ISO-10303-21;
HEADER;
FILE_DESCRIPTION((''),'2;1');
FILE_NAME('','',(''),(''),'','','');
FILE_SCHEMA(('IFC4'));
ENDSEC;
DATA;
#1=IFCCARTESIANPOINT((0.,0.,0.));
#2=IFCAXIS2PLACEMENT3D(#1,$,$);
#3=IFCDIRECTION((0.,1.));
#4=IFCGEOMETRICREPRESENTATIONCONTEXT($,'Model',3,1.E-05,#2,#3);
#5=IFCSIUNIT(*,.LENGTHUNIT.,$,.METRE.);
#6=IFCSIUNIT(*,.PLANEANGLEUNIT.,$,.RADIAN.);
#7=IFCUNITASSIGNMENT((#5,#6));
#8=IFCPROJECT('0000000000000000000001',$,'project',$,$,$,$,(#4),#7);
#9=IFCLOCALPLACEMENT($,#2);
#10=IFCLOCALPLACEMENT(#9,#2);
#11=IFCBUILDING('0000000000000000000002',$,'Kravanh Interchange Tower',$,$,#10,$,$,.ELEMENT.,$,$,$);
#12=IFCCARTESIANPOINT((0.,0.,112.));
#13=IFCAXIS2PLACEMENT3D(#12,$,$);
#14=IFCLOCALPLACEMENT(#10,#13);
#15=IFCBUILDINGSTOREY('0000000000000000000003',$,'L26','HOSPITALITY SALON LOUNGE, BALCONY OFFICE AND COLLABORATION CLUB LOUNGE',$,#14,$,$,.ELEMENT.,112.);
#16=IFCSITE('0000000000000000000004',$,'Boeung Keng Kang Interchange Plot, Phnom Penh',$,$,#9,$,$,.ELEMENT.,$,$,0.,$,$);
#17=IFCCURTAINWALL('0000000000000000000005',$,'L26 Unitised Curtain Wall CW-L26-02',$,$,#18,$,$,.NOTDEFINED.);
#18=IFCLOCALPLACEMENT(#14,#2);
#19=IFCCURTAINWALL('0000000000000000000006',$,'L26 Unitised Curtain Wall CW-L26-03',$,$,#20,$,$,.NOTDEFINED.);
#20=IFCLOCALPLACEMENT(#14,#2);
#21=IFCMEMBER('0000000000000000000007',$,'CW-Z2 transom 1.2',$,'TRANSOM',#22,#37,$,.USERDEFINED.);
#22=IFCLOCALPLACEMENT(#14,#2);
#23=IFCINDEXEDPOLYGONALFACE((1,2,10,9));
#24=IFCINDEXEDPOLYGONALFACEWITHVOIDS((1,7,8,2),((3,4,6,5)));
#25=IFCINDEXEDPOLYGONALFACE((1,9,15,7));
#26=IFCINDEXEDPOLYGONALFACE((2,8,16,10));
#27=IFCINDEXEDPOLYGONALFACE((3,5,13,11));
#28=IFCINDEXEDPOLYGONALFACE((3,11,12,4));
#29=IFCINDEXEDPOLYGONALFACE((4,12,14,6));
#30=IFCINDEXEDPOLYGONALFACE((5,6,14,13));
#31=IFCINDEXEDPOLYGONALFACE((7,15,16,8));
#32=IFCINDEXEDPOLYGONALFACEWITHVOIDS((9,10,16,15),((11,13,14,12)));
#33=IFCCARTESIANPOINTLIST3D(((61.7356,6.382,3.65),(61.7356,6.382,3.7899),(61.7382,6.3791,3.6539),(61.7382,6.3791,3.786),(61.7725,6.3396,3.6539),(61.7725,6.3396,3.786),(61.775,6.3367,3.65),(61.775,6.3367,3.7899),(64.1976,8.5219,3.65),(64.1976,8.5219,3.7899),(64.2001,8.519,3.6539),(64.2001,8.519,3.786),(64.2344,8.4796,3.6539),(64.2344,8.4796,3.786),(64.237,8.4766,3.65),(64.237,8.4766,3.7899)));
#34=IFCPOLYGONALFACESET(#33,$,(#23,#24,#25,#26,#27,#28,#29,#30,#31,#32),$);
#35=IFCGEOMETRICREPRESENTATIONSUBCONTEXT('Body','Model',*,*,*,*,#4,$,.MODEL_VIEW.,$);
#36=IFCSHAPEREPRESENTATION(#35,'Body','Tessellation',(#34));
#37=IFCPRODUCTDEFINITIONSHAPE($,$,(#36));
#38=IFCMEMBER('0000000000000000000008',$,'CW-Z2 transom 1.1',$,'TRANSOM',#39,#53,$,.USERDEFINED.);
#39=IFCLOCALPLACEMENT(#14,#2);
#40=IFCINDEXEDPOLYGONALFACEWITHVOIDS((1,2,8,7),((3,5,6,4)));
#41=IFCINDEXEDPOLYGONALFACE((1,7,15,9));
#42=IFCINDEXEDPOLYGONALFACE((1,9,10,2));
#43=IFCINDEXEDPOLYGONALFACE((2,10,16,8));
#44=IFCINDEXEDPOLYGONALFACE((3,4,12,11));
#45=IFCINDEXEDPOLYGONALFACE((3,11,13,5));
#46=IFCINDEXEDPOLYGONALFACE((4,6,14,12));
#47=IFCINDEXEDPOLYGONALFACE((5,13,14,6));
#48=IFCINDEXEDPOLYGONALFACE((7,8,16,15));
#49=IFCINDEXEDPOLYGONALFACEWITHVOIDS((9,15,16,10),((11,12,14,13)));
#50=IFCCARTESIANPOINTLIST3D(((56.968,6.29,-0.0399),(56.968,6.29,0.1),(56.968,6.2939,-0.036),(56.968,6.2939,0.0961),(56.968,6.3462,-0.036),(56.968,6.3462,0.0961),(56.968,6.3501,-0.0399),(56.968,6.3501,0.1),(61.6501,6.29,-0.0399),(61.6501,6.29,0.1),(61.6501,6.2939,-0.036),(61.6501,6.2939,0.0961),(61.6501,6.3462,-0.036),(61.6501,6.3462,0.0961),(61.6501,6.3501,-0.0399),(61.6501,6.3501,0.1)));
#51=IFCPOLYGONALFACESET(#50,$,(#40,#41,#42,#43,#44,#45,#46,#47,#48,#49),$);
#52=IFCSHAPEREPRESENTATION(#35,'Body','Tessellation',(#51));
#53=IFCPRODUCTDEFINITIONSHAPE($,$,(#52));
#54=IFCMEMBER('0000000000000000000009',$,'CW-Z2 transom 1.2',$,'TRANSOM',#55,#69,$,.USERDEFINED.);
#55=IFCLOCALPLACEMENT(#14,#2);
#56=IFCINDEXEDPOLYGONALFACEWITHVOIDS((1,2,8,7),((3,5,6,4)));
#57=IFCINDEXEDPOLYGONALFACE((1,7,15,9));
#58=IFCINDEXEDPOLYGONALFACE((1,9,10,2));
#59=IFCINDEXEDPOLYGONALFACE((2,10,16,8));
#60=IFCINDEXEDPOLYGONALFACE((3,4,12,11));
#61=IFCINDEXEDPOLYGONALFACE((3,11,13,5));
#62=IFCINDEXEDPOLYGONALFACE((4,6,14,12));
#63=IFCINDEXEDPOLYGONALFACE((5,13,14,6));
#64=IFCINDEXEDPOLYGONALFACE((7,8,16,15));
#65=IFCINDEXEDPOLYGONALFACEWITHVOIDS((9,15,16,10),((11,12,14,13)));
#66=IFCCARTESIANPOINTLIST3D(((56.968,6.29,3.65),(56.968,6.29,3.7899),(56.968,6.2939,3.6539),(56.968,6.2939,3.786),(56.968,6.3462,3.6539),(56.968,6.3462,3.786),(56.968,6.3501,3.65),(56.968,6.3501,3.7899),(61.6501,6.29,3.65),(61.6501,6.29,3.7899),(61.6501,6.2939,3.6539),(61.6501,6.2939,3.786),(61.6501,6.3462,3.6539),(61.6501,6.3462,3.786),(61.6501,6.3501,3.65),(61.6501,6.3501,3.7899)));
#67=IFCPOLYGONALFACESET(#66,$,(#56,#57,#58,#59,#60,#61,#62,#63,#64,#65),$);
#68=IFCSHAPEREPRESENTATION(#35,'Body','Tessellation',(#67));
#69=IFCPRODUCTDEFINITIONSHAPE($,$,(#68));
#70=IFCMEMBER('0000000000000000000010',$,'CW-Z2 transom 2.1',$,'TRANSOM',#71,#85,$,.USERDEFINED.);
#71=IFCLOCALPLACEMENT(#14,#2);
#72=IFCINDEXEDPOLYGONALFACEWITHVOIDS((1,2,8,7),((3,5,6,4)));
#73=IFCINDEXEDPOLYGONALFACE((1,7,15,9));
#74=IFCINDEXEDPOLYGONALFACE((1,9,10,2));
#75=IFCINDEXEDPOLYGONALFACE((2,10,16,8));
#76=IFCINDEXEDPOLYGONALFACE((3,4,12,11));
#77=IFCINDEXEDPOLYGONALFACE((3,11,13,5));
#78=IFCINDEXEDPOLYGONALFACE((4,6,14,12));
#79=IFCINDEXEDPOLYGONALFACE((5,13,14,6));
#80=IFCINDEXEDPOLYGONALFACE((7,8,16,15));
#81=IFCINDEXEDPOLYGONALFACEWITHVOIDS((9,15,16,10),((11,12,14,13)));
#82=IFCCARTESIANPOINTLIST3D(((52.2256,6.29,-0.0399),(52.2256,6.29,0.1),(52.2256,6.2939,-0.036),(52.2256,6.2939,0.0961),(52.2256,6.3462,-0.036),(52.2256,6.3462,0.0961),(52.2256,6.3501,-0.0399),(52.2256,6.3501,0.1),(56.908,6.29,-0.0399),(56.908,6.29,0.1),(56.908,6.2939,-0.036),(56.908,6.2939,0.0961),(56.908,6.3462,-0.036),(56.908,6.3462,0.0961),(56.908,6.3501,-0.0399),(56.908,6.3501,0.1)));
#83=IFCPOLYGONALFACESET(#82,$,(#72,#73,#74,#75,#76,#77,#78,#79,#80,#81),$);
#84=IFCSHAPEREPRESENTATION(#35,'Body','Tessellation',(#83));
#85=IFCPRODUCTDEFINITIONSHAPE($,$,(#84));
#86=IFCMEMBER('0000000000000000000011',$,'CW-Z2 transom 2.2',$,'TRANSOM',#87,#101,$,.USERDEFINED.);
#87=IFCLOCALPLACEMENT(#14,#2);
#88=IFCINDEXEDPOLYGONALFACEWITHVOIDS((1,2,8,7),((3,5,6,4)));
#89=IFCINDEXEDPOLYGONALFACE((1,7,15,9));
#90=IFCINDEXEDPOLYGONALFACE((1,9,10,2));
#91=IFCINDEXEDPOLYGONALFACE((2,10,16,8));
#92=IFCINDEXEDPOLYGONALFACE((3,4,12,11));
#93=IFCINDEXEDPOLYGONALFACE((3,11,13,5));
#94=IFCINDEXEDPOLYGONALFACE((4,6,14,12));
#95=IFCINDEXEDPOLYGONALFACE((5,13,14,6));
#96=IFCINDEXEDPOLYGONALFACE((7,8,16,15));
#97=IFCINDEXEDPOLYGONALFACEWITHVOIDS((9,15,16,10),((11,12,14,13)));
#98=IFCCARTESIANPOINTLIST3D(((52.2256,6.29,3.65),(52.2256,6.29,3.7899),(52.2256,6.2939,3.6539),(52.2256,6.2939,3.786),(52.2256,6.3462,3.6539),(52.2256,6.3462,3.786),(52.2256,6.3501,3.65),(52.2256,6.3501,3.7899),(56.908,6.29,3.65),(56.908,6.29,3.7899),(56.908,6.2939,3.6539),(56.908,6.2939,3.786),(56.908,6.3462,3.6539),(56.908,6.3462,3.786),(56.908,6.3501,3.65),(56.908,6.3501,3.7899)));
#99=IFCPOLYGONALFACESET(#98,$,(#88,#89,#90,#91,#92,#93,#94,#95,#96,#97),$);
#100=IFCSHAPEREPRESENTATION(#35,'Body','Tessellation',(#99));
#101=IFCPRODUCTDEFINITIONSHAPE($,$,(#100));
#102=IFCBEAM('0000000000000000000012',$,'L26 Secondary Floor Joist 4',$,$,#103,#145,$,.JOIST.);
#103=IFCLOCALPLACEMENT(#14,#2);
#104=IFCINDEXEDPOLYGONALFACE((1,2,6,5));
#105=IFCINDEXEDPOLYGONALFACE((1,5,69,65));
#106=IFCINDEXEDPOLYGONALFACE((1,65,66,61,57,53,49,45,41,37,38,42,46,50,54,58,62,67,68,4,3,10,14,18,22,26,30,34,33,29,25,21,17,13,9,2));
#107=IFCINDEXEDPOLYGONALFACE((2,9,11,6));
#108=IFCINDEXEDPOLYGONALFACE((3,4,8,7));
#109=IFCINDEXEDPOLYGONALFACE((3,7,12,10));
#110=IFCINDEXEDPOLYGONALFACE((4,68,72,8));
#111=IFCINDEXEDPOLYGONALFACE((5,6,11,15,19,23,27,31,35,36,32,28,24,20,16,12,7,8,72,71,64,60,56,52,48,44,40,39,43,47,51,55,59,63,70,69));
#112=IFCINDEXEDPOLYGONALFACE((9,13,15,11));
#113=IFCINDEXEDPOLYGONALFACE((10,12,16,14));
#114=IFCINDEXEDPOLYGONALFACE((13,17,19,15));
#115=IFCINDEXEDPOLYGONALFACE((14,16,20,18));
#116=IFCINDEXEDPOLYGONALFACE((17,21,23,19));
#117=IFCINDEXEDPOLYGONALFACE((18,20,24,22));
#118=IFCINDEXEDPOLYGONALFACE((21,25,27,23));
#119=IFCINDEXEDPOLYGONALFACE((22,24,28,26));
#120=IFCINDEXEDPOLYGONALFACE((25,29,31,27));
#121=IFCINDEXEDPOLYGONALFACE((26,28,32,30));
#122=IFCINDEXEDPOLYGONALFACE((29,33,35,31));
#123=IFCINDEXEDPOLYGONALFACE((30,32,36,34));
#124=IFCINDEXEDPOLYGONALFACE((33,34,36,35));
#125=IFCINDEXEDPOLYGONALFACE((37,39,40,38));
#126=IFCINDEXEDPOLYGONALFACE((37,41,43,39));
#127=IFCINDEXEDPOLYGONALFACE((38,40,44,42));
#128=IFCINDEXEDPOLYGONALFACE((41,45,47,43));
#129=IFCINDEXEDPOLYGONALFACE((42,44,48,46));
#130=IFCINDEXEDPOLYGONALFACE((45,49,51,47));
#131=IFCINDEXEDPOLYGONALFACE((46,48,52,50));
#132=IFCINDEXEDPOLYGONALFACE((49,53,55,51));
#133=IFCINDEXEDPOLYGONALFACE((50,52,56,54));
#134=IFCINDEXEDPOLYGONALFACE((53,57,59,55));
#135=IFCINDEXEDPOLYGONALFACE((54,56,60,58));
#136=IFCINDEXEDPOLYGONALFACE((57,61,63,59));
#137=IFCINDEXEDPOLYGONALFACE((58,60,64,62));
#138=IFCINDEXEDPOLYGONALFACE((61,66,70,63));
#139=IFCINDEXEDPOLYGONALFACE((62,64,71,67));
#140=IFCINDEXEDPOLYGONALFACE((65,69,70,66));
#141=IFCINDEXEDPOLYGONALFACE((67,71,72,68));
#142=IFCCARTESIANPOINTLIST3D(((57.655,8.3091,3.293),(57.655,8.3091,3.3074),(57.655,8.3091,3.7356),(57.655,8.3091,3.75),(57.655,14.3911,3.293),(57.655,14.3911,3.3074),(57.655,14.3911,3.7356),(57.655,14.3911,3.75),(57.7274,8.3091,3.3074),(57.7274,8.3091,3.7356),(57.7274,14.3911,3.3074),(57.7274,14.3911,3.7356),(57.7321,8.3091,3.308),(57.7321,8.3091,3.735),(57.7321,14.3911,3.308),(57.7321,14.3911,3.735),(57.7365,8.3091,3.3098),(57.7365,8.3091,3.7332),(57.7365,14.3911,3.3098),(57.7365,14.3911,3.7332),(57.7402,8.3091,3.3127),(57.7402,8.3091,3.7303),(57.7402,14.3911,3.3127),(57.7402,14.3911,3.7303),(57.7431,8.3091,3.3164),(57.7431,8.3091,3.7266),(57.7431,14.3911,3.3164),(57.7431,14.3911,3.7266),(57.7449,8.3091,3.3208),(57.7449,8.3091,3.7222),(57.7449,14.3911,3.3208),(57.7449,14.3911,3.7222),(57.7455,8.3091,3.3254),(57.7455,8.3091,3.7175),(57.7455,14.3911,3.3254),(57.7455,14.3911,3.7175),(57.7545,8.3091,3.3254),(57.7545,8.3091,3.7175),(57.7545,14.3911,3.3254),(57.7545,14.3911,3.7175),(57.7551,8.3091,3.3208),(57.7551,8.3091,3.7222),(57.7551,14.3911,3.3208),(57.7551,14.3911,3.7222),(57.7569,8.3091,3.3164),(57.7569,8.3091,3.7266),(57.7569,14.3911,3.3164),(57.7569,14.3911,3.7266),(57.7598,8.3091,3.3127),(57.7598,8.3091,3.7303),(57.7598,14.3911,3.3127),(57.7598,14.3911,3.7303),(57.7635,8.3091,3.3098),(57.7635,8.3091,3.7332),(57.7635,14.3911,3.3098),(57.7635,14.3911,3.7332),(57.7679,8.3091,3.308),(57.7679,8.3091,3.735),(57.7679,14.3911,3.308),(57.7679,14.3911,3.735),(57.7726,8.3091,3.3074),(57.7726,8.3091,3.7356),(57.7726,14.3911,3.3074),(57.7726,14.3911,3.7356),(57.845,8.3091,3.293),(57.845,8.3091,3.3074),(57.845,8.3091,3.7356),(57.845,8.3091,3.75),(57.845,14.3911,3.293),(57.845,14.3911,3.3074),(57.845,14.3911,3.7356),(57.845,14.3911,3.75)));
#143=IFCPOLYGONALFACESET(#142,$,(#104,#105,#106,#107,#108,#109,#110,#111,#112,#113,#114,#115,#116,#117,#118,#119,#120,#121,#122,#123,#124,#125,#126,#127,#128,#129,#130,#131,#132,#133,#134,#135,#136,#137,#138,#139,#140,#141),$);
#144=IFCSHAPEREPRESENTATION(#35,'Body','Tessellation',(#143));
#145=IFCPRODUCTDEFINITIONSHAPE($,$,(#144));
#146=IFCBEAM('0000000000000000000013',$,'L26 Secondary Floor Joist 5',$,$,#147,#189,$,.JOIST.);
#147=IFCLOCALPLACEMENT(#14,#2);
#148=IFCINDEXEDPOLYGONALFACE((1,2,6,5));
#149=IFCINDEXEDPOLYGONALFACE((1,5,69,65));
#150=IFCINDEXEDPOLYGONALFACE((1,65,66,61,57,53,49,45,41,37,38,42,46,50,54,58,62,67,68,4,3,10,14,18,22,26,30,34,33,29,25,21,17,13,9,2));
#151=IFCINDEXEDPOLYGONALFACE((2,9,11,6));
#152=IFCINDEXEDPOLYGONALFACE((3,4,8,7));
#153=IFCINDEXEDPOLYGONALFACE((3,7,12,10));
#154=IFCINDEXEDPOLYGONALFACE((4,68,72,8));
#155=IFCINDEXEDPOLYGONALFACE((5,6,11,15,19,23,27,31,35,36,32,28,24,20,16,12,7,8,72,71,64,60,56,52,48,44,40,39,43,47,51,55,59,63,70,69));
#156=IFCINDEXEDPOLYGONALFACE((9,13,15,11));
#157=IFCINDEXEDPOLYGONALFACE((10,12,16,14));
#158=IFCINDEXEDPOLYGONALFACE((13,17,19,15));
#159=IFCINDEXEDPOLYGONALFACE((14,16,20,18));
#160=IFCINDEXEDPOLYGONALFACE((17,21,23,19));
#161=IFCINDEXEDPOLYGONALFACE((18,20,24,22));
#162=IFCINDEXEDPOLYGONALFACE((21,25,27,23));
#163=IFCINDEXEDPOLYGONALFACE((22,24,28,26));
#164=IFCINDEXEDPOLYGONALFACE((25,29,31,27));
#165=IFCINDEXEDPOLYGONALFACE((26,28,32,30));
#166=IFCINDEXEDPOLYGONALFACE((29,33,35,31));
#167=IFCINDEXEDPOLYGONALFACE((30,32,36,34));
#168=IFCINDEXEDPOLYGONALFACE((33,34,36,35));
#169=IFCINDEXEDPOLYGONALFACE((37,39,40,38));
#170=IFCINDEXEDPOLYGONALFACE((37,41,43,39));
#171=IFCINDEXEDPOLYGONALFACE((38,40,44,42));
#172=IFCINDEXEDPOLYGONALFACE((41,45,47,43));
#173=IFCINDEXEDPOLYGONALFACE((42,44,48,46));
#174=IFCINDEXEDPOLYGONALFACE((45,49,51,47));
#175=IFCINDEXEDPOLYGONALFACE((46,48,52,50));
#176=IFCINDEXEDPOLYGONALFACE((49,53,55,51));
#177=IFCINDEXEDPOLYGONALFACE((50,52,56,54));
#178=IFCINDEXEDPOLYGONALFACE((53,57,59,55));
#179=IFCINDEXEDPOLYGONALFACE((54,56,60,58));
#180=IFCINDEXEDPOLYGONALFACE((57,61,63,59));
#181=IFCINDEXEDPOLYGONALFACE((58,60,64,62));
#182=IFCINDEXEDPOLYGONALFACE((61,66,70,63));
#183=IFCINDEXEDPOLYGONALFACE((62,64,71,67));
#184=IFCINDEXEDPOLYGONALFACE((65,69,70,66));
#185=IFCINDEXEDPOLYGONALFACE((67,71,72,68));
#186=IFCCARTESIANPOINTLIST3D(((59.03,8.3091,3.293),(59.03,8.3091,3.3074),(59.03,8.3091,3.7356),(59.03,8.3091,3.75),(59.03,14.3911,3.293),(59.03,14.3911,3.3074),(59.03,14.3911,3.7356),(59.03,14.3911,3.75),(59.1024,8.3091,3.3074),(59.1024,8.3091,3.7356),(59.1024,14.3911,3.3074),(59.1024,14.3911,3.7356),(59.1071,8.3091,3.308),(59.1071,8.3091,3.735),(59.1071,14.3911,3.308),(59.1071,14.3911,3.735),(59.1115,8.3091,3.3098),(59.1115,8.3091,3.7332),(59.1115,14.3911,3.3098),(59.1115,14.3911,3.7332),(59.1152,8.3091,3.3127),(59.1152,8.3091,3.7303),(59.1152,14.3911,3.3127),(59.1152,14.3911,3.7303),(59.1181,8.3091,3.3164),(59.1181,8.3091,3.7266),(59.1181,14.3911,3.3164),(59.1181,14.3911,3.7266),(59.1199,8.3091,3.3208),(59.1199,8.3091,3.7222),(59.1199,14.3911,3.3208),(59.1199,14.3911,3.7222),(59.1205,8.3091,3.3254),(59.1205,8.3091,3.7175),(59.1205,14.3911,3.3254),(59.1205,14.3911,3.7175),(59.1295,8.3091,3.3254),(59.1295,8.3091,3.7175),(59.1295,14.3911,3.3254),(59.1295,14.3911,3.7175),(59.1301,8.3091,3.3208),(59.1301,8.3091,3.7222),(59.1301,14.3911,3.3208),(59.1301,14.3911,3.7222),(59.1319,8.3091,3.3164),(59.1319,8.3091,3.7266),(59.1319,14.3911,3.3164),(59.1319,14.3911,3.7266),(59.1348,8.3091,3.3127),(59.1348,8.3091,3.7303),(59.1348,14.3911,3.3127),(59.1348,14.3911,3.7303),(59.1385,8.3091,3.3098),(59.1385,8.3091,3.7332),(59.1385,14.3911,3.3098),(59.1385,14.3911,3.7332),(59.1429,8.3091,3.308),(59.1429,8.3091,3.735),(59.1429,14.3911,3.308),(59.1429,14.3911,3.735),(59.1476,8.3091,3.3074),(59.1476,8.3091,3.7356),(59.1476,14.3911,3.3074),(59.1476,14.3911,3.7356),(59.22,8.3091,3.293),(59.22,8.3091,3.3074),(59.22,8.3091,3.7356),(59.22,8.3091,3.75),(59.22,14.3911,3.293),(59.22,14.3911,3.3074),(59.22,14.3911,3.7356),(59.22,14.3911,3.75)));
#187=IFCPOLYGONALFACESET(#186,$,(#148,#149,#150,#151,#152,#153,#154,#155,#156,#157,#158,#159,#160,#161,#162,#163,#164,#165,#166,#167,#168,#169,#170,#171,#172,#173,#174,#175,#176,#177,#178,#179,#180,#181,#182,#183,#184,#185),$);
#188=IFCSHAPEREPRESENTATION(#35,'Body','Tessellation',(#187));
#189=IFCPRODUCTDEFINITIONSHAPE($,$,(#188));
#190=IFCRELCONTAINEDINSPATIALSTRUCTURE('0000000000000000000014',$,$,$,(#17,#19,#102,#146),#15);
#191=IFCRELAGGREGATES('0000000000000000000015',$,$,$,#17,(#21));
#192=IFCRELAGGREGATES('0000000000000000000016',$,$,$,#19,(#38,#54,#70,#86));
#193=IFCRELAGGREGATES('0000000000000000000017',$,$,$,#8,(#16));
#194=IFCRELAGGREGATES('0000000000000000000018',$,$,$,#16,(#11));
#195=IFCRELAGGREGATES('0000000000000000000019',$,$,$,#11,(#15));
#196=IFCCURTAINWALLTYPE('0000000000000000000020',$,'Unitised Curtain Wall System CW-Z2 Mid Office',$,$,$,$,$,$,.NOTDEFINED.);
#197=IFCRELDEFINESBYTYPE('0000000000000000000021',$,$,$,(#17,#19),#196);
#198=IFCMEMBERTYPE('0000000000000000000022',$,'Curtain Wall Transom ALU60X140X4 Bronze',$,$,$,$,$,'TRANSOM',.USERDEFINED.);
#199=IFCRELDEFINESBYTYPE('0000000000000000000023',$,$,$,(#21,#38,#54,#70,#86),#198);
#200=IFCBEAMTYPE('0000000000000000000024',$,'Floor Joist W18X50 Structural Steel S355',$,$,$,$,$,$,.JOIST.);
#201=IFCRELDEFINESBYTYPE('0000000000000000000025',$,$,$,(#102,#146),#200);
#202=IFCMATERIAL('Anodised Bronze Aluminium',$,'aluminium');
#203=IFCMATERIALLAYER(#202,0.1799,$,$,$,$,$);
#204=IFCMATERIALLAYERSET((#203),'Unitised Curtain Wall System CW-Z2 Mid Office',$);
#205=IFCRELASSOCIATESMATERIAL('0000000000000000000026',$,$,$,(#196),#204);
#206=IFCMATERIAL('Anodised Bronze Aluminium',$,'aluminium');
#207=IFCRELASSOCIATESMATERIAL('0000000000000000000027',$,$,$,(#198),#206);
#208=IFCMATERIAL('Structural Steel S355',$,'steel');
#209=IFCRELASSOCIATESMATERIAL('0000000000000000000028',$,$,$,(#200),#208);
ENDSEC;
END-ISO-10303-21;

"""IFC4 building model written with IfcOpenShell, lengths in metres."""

from ifc_helpers import new_model, si_unit, direction, frame, origin, origin_2d, place, context, subcontext, project, spatial, hollow_rectangle, i_section, extrude, material, layer, layer_set, material_profile, profile_set, type_object, element, aggregate, save


model = new_model("IFC4")

# Units and contexts
model_context = context("Model", 3, precision=1e-05, world=origin(), true_north=direction((0.0, 1.0)))
body_context = subcontext(model_context, "Body", "Model", "MODEL_VIEW")
ifc_project = project(units=[si_unit("LENGTHUNIT", "METRE"), si_unit("PLANEANGLEUNIT", "RADIAN")], contexts=[model_context])

# Site, building, storey
site_placement = place(None, origin())
site = spatial("IfcSite", under=ifc_project, at=site_placement, Name="Boeung Keng Kang Interchange Plot, Phnom Penh", CompositionType="ELEMENT", RefElevation=0.0)
building_placement = place(site_placement, origin())
building = spatial("IfcBuilding", under=site, at=building_placement, Name="Kravanh Interchange Tower", CompositionType="ELEMENT")
storey_placement = place(building_placement, frame((0.0, 0.0, 112.0)))
storey = spatial("IfcBuildingStorey", under=building, at=storey_placement, Name="L26", Description="HOSPITALITY SALON LOUNGE, BALCONY OFFICE AND COLLABORATION CLUB LOUNGE", CompositionType="ELEMENT", Elevation=112.0)

# Curtain walls
ifc_material_1 = material(Name="Anodised Bronze Aluminium", Category="aluminium")
ifc_layer_1 = layer(ifc_material_1, 0.1799)
ifc_layer_set_1 = layer_set([ifc_layer_1], Name="Unitised Curtain Wall System CW-Z2 Mid Office")
curtain_wall_type = type_object("IfcCurtainWallType", Name="Unitised Curtain Wall System CW-Z2 Mid Office", PredefinedType="NOTDEFINED", material=ifc_layer_set_1)
curtain_wall_1_placement = place(storey_placement, origin())
curtain_wall_1 = element("IfcCurtainWall", 1, at=curtain_wall_1_placement, inside=storey, type_object=curtain_wall_type, Name="L26 Unitised Curtain Wall CW-L26-02", PredefinedType="NOTDEFINED")
curtain_wall_2_placement = place(storey_placement, origin())
curtain_wall_2 = element("IfcCurtainWall", 2, at=curtain_wall_2_placement, inside=storey, type_object=curtain_wall_type, Name="L26 Unitised Curtain Wall CW-L26-03", PredefinedType="NOTDEFINED")

# Members
ifc_material_2 = material(Name="Anodised Bronze Aluminium", Category="aluminium")
ifc_material_profile_1 = material_profile(ifc_material_2, hollow_rectangle(XDim=0.0601, YDim=0.1399, WallThickness=0.0039, at=origin_2d()), Name="ALU60X140X4")
ifc_profile_set_1 = profile_set([ifc_material_profile_1], Name="Anodised Bronze Aluminium")
member_type_1 = type_object("IfcMemberType", Name="Curtain Wall Transom ALU60X140X4 Bronze", ElementType="TRANSOM", PredefinedType="USERDEFINED", material=ifc_profile_set_1)
member_1_placement = place(storey_placement, frame((64.2173, 8.4993, 3.72), z_axis=(-0.754742, -0.656021, 0.0), x_axis=(0.656021, -0.754742, 0.0)))
member_1 = element("IfcMember", 3, at=member_1_placement, type_object=member_type_1, Name="CW-Z2 transom 1.2", ObjectType="TRANSOM", PredefinedType="USERDEFINED", context=body_context, shape_type="SweptSolid", body=[
    extrude(hollow_rectangle(XDim=0.0601, YDim=0.1399, WallThickness=0.0039, at=origin_2d()), origin(), (0.0, 0.0, 1.0), 3.262),
])
member_2_placement = place(storey_placement, frame((61.6501, 6.3201, 0.03), z_axis=(-1.0, 0.0, 0.0), x_axis=(0.0, -1.0, 0.0)))
member_2 = element("IfcMember", 4, at=member_2_placement, type_object=member_type_1, Name="CW-Z2 transom 1.1", ObjectType="TRANSOM", PredefinedType="USERDEFINED", context=body_context, shape_type="SweptSolid", body=[
    extrude(hollow_rectangle(XDim=0.0601, YDim=0.1399, WallThickness=0.0039, at=origin_2d()), origin(), (0.0, 0.0, 1.0), 4.6821),
])
member_3_placement = place(storey_placement, frame((61.6501, 6.3201, 3.72), z_axis=(-1.0, 0.0, 0.0), x_axis=(0.0, -1.0, 0.0)))
member_3 = element("IfcMember", 5, at=member_3_placement, type_object=member_type_1, Name="CW-Z2 transom 1.2", ObjectType="TRANSOM", PredefinedType="USERDEFINED", context=body_context, shape_type="SweptSolid", body=[
    extrude(hollow_rectangle(XDim=0.0601, YDim=0.1399, WallThickness=0.0039, at=origin_2d()), origin(), (0.0, 0.0, 1.0), 4.6821),
])
member_4_placement = place(storey_placement, frame((56.908, 6.3201, 0.03), z_axis=(-1.0, 0.0, 0.0), x_axis=(0.0, -1.0, 0.0)))
member_4 = element("IfcMember", 6, at=member_4_placement, type_object=member_type_1, Name="CW-Z2 transom 2.1", ObjectType="TRANSOM", PredefinedType="USERDEFINED", context=body_context, shape_type="SweptSolid", body=[
    extrude(hollow_rectangle(XDim=0.0601, YDim=0.1399, WallThickness=0.0039, at=origin_2d()), origin(), (0.0, 0.0, 1.0), 4.6824),
])
member_5_placement = place(storey_placement, frame((56.908, 6.3201, 3.72), z_axis=(-1.0, 0.0, 0.0), x_axis=(0.0, -1.0, 0.0)))
member_5 = element("IfcMember", 7, at=member_5_placement, type_object=member_type_1, Name="CW-Z2 transom 2.2", ObjectType="TRANSOM", PredefinedType="USERDEFINED", context=body_context, shape_type="SweptSolid", body=[
    extrude(hollow_rectangle(XDim=0.0601, YDim=0.1399, WallThickness=0.0039, at=origin_2d()), origin(), (0.0, 0.0, 1.0), 4.6824),
])

# Beams
ifc_material_3 = material(Name="Structural Steel S355", Category="steel")
ifc_material_profile_2 = material_profile(ifc_material_3, i_section(OverallWidth=0.1899, OverallDepth=0.457, WebThickness=0.009, FlangeThickness=0.0144, FilletRadius=0.0181, at=origin_2d()), Name="W18X50")
ifc_profile_set_2 = profile_set([ifc_material_profile_2], Name="Structural Steel S355")
beam_type_1 = type_object("IfcBeamType", Name="Floor Joist W18X50 Structural Steel S355", PredefinedType="JOIST", material=ifc_profile_set_2)
for number, where, z_axis, x_axis, name in (
    (8, (57.75, 8.3091, 3.5215), (0.0, 1.0, 0.0), (-1.0, 0.0, 0.0), "L26 Secondary Floor Joist 4"),
    (9, (59.125, 8.3091, 3.5215), (0.0, 1.0, 0.0), (-1.0, 0.0, 0.0), "L26 Secondary Floor Joist 5"),
):
    element("IfcBeam", number, at=place(storey_placement, frame(where, z_axis=z_axis, x_axis=x_axis)), inside=storey, type_object=beam_type_1, Name=name, PredefinedType="JOIST", context=body_context, shape_type="SweptSolid", body=[
        extrude(i_section(OverallWidth=0.1899, OverallDepth=0.457, WebThickness=0.009, FlangeThickness=0.0144, FilletRadius=0.0181, at=origin_2d()), origin(), (0.0, 0.0, 1.0), 6.082),
    ])

aggregate(curtain_wall_1, [member_1])
aggregate(curtain_wall_2, [member_2, member_3, member_4, member_5])

save(model, "model.ifc")
